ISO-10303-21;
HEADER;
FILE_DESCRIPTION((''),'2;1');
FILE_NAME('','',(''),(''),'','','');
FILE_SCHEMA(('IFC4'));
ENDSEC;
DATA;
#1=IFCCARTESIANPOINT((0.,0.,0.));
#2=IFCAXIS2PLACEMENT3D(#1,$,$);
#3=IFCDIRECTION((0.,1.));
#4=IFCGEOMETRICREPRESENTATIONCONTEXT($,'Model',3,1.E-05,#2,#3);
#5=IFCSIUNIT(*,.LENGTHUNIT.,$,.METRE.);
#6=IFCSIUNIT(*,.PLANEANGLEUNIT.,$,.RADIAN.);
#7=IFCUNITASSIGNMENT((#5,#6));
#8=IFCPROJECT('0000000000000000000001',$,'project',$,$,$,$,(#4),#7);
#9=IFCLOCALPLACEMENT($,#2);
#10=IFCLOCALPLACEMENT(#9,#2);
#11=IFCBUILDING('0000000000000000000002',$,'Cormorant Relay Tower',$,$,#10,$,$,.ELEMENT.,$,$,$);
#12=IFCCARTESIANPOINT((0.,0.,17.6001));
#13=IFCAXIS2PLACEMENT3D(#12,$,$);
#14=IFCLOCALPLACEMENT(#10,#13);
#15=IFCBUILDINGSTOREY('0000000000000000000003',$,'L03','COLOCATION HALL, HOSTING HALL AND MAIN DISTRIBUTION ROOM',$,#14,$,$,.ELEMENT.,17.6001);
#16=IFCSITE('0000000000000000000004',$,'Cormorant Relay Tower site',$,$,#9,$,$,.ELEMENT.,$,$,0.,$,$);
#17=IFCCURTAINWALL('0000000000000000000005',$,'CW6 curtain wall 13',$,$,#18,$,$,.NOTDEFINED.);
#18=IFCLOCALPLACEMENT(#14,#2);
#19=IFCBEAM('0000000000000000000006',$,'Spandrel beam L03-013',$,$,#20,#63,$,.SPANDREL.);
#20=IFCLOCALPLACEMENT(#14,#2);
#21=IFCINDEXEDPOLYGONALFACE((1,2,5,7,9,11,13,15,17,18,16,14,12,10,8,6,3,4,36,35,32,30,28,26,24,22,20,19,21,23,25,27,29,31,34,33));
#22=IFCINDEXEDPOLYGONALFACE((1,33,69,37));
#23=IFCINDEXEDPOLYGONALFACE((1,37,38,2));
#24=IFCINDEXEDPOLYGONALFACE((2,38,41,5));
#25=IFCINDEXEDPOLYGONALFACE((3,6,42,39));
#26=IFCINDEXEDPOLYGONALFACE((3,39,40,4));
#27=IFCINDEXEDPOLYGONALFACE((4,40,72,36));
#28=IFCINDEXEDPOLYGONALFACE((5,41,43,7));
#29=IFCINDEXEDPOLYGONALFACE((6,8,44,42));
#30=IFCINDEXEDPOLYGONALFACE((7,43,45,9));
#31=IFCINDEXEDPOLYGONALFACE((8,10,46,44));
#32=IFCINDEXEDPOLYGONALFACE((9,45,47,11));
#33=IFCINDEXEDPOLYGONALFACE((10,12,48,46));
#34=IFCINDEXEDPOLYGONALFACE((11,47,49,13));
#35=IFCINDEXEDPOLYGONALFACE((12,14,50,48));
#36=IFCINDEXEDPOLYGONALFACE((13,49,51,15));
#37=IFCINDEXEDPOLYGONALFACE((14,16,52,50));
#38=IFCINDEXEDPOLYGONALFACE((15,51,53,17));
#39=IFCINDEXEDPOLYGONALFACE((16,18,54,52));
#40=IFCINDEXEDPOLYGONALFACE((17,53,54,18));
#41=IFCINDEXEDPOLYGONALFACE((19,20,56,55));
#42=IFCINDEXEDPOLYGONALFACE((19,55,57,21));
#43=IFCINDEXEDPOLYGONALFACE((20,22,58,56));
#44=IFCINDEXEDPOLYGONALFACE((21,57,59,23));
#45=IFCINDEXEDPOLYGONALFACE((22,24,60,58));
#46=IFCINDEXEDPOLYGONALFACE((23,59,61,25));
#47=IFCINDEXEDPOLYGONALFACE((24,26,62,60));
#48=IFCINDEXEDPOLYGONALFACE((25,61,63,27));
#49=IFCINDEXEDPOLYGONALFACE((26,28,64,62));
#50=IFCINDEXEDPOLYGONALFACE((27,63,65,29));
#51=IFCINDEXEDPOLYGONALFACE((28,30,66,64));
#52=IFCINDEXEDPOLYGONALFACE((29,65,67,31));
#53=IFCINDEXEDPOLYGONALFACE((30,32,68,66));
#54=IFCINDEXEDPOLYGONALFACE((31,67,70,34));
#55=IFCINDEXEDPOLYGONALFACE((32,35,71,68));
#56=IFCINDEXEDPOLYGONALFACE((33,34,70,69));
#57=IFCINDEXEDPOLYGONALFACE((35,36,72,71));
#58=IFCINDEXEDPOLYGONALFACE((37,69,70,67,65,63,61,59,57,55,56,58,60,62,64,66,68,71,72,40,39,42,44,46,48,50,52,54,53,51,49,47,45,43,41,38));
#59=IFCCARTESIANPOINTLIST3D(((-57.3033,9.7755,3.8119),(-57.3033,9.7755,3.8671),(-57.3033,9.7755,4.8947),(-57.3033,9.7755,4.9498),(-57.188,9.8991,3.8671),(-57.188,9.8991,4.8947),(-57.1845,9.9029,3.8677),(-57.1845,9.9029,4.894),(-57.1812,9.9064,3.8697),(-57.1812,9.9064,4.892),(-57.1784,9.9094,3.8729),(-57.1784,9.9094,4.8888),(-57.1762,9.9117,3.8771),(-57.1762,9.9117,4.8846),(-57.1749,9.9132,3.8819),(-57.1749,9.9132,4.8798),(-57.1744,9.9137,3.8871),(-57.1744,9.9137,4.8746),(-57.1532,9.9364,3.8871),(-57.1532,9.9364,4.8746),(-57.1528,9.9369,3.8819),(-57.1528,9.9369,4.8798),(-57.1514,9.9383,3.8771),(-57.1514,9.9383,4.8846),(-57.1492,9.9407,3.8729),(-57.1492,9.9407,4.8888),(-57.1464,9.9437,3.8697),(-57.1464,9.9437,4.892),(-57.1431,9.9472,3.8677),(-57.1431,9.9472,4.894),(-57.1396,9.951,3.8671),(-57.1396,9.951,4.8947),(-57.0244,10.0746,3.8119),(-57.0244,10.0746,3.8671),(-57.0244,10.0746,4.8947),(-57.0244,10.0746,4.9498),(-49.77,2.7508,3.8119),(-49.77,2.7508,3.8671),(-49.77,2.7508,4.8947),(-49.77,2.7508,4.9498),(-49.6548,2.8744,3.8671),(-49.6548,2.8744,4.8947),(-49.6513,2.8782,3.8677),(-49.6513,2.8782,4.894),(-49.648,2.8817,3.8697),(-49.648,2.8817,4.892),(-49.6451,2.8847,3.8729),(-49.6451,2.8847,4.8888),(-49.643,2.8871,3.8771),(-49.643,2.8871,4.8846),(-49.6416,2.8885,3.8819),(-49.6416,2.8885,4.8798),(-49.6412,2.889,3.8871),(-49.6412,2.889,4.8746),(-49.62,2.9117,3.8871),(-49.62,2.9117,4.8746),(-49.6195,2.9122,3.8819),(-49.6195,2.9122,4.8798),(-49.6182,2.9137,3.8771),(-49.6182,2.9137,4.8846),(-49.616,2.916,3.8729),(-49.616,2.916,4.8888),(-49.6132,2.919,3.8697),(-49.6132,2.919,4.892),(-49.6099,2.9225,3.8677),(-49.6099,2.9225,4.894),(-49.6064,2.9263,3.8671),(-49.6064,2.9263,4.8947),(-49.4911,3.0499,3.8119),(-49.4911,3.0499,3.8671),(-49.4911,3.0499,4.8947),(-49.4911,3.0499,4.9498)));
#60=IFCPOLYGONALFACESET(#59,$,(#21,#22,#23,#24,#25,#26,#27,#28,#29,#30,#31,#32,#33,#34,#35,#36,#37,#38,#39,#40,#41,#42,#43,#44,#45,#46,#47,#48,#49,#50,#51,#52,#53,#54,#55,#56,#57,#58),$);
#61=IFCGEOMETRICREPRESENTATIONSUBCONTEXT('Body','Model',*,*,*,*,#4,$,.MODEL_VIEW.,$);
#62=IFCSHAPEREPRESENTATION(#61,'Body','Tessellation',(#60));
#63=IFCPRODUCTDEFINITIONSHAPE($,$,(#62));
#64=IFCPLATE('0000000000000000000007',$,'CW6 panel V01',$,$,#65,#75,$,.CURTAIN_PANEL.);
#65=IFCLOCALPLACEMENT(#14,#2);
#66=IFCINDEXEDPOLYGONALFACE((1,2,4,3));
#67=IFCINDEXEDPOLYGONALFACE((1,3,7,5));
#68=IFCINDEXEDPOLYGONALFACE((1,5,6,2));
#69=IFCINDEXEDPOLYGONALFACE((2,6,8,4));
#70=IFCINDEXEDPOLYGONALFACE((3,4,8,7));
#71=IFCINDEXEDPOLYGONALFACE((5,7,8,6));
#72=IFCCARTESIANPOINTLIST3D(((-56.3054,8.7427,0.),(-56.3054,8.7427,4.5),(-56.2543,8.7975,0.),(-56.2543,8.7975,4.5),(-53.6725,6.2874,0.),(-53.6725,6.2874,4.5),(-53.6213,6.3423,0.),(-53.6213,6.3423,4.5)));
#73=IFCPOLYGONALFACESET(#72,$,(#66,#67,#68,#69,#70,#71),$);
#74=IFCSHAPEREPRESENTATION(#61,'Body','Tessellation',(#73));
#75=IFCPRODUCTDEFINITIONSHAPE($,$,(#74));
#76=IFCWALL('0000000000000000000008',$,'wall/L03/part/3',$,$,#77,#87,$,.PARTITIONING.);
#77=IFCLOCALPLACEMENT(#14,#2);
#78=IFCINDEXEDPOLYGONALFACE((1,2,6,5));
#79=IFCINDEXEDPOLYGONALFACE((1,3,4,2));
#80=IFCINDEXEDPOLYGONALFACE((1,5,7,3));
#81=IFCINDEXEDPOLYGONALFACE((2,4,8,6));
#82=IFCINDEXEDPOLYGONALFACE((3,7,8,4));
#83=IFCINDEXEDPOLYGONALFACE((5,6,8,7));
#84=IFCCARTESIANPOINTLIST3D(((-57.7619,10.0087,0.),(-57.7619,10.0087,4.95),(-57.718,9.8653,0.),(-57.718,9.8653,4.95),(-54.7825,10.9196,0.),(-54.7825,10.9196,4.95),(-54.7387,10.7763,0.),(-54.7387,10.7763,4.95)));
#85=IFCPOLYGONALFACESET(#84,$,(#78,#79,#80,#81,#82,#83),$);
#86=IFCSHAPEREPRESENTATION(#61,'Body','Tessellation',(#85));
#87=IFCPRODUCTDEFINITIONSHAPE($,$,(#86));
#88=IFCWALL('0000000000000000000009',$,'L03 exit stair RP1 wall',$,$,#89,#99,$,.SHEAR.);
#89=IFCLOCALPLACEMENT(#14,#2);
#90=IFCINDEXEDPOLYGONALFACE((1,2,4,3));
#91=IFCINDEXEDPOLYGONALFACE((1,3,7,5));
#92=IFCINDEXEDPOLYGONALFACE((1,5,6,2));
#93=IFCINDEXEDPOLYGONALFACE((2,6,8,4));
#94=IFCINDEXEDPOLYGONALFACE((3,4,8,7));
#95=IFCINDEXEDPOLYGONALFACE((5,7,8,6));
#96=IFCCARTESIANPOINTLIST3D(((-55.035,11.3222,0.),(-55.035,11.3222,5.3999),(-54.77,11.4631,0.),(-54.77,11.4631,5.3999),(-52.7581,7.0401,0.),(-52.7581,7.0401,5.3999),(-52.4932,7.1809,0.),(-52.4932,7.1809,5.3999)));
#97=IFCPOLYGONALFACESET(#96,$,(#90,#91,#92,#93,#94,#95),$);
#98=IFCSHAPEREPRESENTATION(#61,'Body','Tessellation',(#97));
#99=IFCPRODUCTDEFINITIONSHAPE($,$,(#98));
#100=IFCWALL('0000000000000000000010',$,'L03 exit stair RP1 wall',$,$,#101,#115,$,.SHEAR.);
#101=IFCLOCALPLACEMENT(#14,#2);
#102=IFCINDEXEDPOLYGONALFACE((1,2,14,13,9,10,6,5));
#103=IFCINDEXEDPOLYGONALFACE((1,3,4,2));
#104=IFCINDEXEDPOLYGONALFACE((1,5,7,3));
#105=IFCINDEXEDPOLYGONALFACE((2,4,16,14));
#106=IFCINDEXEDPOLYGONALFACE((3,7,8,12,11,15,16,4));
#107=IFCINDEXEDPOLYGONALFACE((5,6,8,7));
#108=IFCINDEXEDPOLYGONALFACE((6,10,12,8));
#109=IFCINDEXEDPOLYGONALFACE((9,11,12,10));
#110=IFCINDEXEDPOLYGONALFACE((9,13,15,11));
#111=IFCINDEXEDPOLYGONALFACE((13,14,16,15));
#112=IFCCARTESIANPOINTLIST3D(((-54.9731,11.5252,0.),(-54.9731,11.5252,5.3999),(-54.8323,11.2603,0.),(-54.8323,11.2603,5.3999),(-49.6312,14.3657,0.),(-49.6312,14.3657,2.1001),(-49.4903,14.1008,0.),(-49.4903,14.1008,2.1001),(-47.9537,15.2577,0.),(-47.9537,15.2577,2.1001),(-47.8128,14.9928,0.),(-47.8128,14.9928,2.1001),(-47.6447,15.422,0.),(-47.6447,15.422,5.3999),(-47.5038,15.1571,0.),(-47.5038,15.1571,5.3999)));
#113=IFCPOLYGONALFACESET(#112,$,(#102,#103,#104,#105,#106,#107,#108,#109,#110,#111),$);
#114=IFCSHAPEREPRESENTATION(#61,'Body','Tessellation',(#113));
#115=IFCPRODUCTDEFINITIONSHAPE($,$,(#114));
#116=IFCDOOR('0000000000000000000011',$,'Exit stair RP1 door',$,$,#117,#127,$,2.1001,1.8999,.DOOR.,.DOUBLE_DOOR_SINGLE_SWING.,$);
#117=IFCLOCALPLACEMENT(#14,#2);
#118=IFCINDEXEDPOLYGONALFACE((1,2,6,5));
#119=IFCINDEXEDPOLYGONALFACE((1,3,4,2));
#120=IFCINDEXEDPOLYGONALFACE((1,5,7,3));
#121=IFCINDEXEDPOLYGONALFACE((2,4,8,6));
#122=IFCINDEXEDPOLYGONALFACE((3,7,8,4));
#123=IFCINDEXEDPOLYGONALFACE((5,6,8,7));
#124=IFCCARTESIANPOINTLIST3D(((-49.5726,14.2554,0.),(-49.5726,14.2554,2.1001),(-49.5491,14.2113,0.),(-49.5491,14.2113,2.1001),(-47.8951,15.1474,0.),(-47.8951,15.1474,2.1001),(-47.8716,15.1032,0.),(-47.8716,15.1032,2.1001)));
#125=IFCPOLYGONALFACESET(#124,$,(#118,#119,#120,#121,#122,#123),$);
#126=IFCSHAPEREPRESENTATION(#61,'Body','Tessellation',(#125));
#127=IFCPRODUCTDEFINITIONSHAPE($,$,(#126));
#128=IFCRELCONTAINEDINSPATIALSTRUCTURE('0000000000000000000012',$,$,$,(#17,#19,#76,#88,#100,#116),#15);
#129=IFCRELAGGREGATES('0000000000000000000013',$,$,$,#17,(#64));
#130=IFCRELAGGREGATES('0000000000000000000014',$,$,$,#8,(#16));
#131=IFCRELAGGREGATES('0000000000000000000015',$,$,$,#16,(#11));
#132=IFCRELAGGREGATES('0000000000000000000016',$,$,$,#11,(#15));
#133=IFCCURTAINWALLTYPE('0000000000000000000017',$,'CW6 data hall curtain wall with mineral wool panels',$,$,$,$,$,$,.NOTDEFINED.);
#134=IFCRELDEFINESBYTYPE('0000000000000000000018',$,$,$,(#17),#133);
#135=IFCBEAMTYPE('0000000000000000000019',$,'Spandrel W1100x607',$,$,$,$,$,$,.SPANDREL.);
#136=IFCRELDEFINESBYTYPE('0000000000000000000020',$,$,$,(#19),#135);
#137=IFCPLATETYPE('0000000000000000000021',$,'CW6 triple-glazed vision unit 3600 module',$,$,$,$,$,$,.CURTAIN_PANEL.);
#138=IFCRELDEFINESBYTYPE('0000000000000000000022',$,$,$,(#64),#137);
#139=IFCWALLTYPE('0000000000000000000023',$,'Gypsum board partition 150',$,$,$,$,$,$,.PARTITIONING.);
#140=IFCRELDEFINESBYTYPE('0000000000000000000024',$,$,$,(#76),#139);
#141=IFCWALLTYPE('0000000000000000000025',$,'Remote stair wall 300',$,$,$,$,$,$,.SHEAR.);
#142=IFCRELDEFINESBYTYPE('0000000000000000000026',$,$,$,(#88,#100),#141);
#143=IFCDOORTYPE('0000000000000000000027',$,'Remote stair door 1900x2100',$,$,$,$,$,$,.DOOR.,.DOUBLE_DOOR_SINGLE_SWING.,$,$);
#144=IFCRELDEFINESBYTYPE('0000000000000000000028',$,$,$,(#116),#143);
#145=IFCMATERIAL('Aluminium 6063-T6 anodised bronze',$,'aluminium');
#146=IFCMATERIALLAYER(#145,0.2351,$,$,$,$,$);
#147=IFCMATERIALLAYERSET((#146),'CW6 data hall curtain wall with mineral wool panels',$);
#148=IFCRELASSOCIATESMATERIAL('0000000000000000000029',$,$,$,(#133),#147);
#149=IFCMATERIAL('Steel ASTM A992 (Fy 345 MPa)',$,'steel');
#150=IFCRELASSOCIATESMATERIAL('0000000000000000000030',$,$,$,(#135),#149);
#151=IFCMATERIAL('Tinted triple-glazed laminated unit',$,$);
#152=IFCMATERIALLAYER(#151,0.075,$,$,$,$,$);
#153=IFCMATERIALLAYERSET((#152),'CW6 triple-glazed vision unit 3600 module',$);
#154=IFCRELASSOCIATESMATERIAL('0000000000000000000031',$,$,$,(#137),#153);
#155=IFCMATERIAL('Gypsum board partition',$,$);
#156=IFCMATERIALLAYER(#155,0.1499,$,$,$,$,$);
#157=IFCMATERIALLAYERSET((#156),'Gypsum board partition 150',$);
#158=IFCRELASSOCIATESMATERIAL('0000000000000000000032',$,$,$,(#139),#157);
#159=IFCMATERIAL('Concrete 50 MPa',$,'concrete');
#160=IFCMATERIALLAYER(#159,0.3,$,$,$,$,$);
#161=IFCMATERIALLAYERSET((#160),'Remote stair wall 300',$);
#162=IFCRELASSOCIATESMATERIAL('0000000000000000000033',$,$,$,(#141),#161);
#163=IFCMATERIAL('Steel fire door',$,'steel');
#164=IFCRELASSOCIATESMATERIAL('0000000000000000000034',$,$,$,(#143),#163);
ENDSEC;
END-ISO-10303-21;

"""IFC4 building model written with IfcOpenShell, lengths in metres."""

from ifc_helpers import new_model, si_unit, direction, frame, frame_2d, origin, origin_2d, place, context, subcontext, project, spatial, rectangle, i_section, extrude, material, layer, layer_set, material_profile, profile_set, type_object, element, fill, aggregate, save


model = new_model("IFC4")

# Units and contexts
model_context = context("Model", 3, precision=1e-05, world=origin(), true_north=direction((0.0, 1.0)))
body_context = subcontext(model_context, "Body", "Model", "MODEL_VIEW")
ifc_project = project(units=[si_unit("LENGTHUNIT", "METRE"), si_unit("PLANEANGLEUNIT", "RADIAN")], contexts=[model_context])

# Site, building, storey
site_placement = place(None, origin())
site = spatial("IfcSite", under=ifc_project, at=site_placement, Name="Cormorant Relay Tower site", CompositionType="ELEMENT", RefElevation=0.0)
building_placement = place(site_placement, origin())
building = spatial("IfcBuilding", under=site, at=building_placement, Name="Cormorant Relay Tower", CompositionType="ELEMENT")
storey_placement = place(building_placement, frame((0.0, 0.0, 17.6001)))
storey = spatial("IfcBuildingStorey", under=building, at=storey_placement, Name="L03", Description="COLOCATION HALL, HOSTING HALL AND MAIN DISTRIBUTION ROOM", CompositionType="ELEMENT", Elevation=17.6001)

# Curtain wall
ifc_material_1 = material(Name="Aluminium 6063-T6 anodised bronze", Category="aluminium")
ifc_layer_1 = layer(ifc_material_1, 0.2351)
ifc_layer_set_1 = layer_set([ifc_layer_1], Name="CW6 data hall curtain wall with mineral wool panels")
curtain_wall_type = type_object("IfcCurtainWallType", Name="CW6 data hall curtain wall with mineral wool panels", PredefinedType="NOTDEFINED", material=ifc_layer_set_1)
curtain_wall_1_placement = place(storey_placement, origin())
curtain_wall_1 = element("IfcCurtainWall", 1, at=curtain_wall_1_placement, inside=storey, type_object=curtain_wall_type, Name="CW6 curtain wall 13", PredefinedType="NOTDEFINED")

# Beam
ifc_material_2 = material(Name="Steel ASTM A992 (Fy 345 MPa)", Category="steel")
ifc_material_profile_1 = material_profile(ifc_material_2, i_section(OverallWidth=0.4089, OverallDepth=1.1379, WebThickness=0.031, FlangeThickness=0.0552, FilletRadius=0.02, at=origin_2d()), Name="W1100x607")
ifc_profile_set_1 = profile_set([ifc_material_profile_1], Name="Steel ASTM A992 (Fy 345 MPa)")
beam_type = type_object("IfcBeamType", Name="Spandrel W1100x607", PredefinedType="SPANDREL", material=ifc_profile_set_1)
beam_placement = place(storey_placement, frame((-57.1638, 9.925, 4.3809), z_axis=(0.731362, -0.68199, 0.0), x_axis=(0.68199, 0.731362, 0.0)))
element("IfcBeam", 2, at=beam_placement, inside=storey, type_object=beam_type, Name="Spandrel beam L03-013", PredefinedType="SPANDREL", context=body_context, shape_type="SweptSolid", body=[
    extrude(i_section(OverallWidth=0.4089, OverallDepth=1.1379, WebThickness=0.031, FlangeThickness=0.0552, FilletRadius=0.02, at=origin_2d()), origin(), (0.0, 0.0, 1.0), 10.3003),
])

# Plate
ifc_material_3 = material(Name="Tinted triple-glazed laminated unit")
ifc_layer_2 = layer(ifc_material_3, 0.075)
ifc_layer_set_2 = layer_set([ifc_layer_2], Name="CW6 triple-glazed vision unit 3600 module")
plate_type = type_object("IfcPlateType", Name="CW6 triple-glazed vision unit 3600 module", PredefinedType="CURTAIN_PANEL", material=ifc_layer_set_2)
plate_placement = place(storey_placement, frame((-54.9634, 7.5425, 0.0), z_axis=(0.0, 0.0, 1.0), x_axis=(0.731354, -0.681998, 0.0)))
plate = element("IfcPlate", 3, at=plate_placement, type_object=plate_type, Name="CW6 panel V01", PredefinedType="CURTAIN_PANEL", context=body_context, shape_type="SweptSolid", body=[
    extrude(rectangle(XDim=3.6001, YDim=0.075, at=origin_2d()), origin(), (0.0, 0.0, 1.0), 4.5),
])

# Walls
ifc_material_4 = material(Name="Gypsum board partition")
ifc_layer_3 = layer(ifc_material_4, 0.1499)
ifc_layer_set_3 = layer_set([ifc_layer_3], Name="Gypsum board partition 150")
wall_type_1 = type_object("IfcWallType", Name="Gypsum board partition 150", PredefinedType="PARTITIONING", material=ifc_layer_set_3)
wall_1_placement = place(storey_placement, frame((-54.7607, 10.8479, 0.0), z_axis=(0.0, 0.0, 1.0), x_axis=(-0.956301, -0.292384, 0.0)))
element("IfcWall", 4, at=wall_1_placement, inside=storey, type_object=wall_type_1, Name="wall/L03/part/3", PredefinedType="PARTITIONING", context=body_context, shape_type="SweptSolid", body=[
    extrude(rectangle(XDim=3.1155, YDim=0.1499, at=frame_2d((1.5576, 0.0))), origin(), (0.0, 0.0, 1.0), 4.95),
])
ifc_material_5 = material(Name="Concrete 50 MPa", Category="concrete")
ifc_layer_4 = layer(ifc_material_5, 0.3)
ifc_layer_set_4 = layer_set([ifc_layer_4], Name="Remote stair wall 300")
wall_type_2 = type_object("IfcWallType", Name="Remote stair wall 300", PredefinedType="SHEAR", material=ifc_layer_set_4)
wall_2_placement = place(storey_placement, frame((-52.6257, 7.1106, 0.0), z_axis=(0.0, 0.0, 1.0), x_axis=(-0.469464, 0.882951, 0.0)))
element("IfcWall", 5, at=wall_2_placement, inside=storey, type_object=wall_type_2, Name="L03 exit stair RP1 wall", PredefinedType="SHEAR", context=body_context, shape_type="SweptSolid", body=[
    extrude(rectangle(XDim=4.8499, YDim=0.3, at=frame_2d((2.4248, 0.0))), origin(), (0.0, 0.0, 1.0), 5.3999),
])

# Wall, opening, door
wall_3_placement = place(storey_placement, frame((-54.9026, 11.3928, 0.0), z_axis=(0.0, 0.0, 1.0), x_axis=(0.882939, 0.469487, 0.0)))
wall_3 = element("IfcWall", 6, at=wall_3_placement, inside=storey, type_object=wall_type_2, Name="L03 exit stair RP1 wall", PredefinedType="SHEAR", context=body_context, shape_type="SweptSolid", body=[
    extrude(rectangle(XDim=8.3, YDim=0.3, at=frame_2d((4.1499, 0.0))), origin(), (0.0, 0.0, 1.0), 5.3999),
])
opening_placement = place(wall_3_placement, frame((6.05, 0.0, 0.0)))
opening = element("IfcOpeningElement", 7, at=opening_placement, cuts=wall_3, PredefinedType="OPENING", context=body_context, shape_type="SweptSolid", body=[
    extrude(rectangle(XDim=1.8999, YDim=2.1001, at=frame_2d((0.95, 1.05))), frame((0.0, 0.1599, 0.0), z_axis=(0.0, -1.0, 0.0), x_axis=(1.0, 0.0, 0.0)), (0.0, 0.0, 1.0), 0.3201),
])
ifc_material_6 = material(Name="Steel fire door", Category="steel")
door_type = type_object("IfcDoorType", Name="Remote stair door 1900x2100", OperationType="DOUBLE_DOOR_SINGLE_SWING", PredefinedType="DOOR", material=ifc_material_6)
door_placement = place(opening_placement, frame((1.8999, 0.0, 0.0), z_axis=(0.0, 0.0, 1.0), x_axis=(-1.0, 0.0, 0.0)))
door = element("IfcDoor", 8, at=door_placement, inside=storey, type_object=door_type, Name="Exit stair RP1 door", OperationType="DOUBLE_DOOR_SINGLE_SWING", OverallHeight=2.1001, OverallWidth=1.8999, PredefinedType="DOOR", context=body_context, shape_type="SweptSolid", body=[
    extrude(rectangle(XDim=1.8999, YDim=2.1001, at=frame_2d((0.95, 1.05))), frame((0.0, 0.0249, 0.0), z_axis=(0.0, -1.0, 0.0), x_axis=(1.0, 0.0, 0.0)), (0.0, 0.0, 1.0), 0.05),
])
fill(opening, door)

aggregate(curtain_wall_1, [plate])

save(model, "model.ifc")
